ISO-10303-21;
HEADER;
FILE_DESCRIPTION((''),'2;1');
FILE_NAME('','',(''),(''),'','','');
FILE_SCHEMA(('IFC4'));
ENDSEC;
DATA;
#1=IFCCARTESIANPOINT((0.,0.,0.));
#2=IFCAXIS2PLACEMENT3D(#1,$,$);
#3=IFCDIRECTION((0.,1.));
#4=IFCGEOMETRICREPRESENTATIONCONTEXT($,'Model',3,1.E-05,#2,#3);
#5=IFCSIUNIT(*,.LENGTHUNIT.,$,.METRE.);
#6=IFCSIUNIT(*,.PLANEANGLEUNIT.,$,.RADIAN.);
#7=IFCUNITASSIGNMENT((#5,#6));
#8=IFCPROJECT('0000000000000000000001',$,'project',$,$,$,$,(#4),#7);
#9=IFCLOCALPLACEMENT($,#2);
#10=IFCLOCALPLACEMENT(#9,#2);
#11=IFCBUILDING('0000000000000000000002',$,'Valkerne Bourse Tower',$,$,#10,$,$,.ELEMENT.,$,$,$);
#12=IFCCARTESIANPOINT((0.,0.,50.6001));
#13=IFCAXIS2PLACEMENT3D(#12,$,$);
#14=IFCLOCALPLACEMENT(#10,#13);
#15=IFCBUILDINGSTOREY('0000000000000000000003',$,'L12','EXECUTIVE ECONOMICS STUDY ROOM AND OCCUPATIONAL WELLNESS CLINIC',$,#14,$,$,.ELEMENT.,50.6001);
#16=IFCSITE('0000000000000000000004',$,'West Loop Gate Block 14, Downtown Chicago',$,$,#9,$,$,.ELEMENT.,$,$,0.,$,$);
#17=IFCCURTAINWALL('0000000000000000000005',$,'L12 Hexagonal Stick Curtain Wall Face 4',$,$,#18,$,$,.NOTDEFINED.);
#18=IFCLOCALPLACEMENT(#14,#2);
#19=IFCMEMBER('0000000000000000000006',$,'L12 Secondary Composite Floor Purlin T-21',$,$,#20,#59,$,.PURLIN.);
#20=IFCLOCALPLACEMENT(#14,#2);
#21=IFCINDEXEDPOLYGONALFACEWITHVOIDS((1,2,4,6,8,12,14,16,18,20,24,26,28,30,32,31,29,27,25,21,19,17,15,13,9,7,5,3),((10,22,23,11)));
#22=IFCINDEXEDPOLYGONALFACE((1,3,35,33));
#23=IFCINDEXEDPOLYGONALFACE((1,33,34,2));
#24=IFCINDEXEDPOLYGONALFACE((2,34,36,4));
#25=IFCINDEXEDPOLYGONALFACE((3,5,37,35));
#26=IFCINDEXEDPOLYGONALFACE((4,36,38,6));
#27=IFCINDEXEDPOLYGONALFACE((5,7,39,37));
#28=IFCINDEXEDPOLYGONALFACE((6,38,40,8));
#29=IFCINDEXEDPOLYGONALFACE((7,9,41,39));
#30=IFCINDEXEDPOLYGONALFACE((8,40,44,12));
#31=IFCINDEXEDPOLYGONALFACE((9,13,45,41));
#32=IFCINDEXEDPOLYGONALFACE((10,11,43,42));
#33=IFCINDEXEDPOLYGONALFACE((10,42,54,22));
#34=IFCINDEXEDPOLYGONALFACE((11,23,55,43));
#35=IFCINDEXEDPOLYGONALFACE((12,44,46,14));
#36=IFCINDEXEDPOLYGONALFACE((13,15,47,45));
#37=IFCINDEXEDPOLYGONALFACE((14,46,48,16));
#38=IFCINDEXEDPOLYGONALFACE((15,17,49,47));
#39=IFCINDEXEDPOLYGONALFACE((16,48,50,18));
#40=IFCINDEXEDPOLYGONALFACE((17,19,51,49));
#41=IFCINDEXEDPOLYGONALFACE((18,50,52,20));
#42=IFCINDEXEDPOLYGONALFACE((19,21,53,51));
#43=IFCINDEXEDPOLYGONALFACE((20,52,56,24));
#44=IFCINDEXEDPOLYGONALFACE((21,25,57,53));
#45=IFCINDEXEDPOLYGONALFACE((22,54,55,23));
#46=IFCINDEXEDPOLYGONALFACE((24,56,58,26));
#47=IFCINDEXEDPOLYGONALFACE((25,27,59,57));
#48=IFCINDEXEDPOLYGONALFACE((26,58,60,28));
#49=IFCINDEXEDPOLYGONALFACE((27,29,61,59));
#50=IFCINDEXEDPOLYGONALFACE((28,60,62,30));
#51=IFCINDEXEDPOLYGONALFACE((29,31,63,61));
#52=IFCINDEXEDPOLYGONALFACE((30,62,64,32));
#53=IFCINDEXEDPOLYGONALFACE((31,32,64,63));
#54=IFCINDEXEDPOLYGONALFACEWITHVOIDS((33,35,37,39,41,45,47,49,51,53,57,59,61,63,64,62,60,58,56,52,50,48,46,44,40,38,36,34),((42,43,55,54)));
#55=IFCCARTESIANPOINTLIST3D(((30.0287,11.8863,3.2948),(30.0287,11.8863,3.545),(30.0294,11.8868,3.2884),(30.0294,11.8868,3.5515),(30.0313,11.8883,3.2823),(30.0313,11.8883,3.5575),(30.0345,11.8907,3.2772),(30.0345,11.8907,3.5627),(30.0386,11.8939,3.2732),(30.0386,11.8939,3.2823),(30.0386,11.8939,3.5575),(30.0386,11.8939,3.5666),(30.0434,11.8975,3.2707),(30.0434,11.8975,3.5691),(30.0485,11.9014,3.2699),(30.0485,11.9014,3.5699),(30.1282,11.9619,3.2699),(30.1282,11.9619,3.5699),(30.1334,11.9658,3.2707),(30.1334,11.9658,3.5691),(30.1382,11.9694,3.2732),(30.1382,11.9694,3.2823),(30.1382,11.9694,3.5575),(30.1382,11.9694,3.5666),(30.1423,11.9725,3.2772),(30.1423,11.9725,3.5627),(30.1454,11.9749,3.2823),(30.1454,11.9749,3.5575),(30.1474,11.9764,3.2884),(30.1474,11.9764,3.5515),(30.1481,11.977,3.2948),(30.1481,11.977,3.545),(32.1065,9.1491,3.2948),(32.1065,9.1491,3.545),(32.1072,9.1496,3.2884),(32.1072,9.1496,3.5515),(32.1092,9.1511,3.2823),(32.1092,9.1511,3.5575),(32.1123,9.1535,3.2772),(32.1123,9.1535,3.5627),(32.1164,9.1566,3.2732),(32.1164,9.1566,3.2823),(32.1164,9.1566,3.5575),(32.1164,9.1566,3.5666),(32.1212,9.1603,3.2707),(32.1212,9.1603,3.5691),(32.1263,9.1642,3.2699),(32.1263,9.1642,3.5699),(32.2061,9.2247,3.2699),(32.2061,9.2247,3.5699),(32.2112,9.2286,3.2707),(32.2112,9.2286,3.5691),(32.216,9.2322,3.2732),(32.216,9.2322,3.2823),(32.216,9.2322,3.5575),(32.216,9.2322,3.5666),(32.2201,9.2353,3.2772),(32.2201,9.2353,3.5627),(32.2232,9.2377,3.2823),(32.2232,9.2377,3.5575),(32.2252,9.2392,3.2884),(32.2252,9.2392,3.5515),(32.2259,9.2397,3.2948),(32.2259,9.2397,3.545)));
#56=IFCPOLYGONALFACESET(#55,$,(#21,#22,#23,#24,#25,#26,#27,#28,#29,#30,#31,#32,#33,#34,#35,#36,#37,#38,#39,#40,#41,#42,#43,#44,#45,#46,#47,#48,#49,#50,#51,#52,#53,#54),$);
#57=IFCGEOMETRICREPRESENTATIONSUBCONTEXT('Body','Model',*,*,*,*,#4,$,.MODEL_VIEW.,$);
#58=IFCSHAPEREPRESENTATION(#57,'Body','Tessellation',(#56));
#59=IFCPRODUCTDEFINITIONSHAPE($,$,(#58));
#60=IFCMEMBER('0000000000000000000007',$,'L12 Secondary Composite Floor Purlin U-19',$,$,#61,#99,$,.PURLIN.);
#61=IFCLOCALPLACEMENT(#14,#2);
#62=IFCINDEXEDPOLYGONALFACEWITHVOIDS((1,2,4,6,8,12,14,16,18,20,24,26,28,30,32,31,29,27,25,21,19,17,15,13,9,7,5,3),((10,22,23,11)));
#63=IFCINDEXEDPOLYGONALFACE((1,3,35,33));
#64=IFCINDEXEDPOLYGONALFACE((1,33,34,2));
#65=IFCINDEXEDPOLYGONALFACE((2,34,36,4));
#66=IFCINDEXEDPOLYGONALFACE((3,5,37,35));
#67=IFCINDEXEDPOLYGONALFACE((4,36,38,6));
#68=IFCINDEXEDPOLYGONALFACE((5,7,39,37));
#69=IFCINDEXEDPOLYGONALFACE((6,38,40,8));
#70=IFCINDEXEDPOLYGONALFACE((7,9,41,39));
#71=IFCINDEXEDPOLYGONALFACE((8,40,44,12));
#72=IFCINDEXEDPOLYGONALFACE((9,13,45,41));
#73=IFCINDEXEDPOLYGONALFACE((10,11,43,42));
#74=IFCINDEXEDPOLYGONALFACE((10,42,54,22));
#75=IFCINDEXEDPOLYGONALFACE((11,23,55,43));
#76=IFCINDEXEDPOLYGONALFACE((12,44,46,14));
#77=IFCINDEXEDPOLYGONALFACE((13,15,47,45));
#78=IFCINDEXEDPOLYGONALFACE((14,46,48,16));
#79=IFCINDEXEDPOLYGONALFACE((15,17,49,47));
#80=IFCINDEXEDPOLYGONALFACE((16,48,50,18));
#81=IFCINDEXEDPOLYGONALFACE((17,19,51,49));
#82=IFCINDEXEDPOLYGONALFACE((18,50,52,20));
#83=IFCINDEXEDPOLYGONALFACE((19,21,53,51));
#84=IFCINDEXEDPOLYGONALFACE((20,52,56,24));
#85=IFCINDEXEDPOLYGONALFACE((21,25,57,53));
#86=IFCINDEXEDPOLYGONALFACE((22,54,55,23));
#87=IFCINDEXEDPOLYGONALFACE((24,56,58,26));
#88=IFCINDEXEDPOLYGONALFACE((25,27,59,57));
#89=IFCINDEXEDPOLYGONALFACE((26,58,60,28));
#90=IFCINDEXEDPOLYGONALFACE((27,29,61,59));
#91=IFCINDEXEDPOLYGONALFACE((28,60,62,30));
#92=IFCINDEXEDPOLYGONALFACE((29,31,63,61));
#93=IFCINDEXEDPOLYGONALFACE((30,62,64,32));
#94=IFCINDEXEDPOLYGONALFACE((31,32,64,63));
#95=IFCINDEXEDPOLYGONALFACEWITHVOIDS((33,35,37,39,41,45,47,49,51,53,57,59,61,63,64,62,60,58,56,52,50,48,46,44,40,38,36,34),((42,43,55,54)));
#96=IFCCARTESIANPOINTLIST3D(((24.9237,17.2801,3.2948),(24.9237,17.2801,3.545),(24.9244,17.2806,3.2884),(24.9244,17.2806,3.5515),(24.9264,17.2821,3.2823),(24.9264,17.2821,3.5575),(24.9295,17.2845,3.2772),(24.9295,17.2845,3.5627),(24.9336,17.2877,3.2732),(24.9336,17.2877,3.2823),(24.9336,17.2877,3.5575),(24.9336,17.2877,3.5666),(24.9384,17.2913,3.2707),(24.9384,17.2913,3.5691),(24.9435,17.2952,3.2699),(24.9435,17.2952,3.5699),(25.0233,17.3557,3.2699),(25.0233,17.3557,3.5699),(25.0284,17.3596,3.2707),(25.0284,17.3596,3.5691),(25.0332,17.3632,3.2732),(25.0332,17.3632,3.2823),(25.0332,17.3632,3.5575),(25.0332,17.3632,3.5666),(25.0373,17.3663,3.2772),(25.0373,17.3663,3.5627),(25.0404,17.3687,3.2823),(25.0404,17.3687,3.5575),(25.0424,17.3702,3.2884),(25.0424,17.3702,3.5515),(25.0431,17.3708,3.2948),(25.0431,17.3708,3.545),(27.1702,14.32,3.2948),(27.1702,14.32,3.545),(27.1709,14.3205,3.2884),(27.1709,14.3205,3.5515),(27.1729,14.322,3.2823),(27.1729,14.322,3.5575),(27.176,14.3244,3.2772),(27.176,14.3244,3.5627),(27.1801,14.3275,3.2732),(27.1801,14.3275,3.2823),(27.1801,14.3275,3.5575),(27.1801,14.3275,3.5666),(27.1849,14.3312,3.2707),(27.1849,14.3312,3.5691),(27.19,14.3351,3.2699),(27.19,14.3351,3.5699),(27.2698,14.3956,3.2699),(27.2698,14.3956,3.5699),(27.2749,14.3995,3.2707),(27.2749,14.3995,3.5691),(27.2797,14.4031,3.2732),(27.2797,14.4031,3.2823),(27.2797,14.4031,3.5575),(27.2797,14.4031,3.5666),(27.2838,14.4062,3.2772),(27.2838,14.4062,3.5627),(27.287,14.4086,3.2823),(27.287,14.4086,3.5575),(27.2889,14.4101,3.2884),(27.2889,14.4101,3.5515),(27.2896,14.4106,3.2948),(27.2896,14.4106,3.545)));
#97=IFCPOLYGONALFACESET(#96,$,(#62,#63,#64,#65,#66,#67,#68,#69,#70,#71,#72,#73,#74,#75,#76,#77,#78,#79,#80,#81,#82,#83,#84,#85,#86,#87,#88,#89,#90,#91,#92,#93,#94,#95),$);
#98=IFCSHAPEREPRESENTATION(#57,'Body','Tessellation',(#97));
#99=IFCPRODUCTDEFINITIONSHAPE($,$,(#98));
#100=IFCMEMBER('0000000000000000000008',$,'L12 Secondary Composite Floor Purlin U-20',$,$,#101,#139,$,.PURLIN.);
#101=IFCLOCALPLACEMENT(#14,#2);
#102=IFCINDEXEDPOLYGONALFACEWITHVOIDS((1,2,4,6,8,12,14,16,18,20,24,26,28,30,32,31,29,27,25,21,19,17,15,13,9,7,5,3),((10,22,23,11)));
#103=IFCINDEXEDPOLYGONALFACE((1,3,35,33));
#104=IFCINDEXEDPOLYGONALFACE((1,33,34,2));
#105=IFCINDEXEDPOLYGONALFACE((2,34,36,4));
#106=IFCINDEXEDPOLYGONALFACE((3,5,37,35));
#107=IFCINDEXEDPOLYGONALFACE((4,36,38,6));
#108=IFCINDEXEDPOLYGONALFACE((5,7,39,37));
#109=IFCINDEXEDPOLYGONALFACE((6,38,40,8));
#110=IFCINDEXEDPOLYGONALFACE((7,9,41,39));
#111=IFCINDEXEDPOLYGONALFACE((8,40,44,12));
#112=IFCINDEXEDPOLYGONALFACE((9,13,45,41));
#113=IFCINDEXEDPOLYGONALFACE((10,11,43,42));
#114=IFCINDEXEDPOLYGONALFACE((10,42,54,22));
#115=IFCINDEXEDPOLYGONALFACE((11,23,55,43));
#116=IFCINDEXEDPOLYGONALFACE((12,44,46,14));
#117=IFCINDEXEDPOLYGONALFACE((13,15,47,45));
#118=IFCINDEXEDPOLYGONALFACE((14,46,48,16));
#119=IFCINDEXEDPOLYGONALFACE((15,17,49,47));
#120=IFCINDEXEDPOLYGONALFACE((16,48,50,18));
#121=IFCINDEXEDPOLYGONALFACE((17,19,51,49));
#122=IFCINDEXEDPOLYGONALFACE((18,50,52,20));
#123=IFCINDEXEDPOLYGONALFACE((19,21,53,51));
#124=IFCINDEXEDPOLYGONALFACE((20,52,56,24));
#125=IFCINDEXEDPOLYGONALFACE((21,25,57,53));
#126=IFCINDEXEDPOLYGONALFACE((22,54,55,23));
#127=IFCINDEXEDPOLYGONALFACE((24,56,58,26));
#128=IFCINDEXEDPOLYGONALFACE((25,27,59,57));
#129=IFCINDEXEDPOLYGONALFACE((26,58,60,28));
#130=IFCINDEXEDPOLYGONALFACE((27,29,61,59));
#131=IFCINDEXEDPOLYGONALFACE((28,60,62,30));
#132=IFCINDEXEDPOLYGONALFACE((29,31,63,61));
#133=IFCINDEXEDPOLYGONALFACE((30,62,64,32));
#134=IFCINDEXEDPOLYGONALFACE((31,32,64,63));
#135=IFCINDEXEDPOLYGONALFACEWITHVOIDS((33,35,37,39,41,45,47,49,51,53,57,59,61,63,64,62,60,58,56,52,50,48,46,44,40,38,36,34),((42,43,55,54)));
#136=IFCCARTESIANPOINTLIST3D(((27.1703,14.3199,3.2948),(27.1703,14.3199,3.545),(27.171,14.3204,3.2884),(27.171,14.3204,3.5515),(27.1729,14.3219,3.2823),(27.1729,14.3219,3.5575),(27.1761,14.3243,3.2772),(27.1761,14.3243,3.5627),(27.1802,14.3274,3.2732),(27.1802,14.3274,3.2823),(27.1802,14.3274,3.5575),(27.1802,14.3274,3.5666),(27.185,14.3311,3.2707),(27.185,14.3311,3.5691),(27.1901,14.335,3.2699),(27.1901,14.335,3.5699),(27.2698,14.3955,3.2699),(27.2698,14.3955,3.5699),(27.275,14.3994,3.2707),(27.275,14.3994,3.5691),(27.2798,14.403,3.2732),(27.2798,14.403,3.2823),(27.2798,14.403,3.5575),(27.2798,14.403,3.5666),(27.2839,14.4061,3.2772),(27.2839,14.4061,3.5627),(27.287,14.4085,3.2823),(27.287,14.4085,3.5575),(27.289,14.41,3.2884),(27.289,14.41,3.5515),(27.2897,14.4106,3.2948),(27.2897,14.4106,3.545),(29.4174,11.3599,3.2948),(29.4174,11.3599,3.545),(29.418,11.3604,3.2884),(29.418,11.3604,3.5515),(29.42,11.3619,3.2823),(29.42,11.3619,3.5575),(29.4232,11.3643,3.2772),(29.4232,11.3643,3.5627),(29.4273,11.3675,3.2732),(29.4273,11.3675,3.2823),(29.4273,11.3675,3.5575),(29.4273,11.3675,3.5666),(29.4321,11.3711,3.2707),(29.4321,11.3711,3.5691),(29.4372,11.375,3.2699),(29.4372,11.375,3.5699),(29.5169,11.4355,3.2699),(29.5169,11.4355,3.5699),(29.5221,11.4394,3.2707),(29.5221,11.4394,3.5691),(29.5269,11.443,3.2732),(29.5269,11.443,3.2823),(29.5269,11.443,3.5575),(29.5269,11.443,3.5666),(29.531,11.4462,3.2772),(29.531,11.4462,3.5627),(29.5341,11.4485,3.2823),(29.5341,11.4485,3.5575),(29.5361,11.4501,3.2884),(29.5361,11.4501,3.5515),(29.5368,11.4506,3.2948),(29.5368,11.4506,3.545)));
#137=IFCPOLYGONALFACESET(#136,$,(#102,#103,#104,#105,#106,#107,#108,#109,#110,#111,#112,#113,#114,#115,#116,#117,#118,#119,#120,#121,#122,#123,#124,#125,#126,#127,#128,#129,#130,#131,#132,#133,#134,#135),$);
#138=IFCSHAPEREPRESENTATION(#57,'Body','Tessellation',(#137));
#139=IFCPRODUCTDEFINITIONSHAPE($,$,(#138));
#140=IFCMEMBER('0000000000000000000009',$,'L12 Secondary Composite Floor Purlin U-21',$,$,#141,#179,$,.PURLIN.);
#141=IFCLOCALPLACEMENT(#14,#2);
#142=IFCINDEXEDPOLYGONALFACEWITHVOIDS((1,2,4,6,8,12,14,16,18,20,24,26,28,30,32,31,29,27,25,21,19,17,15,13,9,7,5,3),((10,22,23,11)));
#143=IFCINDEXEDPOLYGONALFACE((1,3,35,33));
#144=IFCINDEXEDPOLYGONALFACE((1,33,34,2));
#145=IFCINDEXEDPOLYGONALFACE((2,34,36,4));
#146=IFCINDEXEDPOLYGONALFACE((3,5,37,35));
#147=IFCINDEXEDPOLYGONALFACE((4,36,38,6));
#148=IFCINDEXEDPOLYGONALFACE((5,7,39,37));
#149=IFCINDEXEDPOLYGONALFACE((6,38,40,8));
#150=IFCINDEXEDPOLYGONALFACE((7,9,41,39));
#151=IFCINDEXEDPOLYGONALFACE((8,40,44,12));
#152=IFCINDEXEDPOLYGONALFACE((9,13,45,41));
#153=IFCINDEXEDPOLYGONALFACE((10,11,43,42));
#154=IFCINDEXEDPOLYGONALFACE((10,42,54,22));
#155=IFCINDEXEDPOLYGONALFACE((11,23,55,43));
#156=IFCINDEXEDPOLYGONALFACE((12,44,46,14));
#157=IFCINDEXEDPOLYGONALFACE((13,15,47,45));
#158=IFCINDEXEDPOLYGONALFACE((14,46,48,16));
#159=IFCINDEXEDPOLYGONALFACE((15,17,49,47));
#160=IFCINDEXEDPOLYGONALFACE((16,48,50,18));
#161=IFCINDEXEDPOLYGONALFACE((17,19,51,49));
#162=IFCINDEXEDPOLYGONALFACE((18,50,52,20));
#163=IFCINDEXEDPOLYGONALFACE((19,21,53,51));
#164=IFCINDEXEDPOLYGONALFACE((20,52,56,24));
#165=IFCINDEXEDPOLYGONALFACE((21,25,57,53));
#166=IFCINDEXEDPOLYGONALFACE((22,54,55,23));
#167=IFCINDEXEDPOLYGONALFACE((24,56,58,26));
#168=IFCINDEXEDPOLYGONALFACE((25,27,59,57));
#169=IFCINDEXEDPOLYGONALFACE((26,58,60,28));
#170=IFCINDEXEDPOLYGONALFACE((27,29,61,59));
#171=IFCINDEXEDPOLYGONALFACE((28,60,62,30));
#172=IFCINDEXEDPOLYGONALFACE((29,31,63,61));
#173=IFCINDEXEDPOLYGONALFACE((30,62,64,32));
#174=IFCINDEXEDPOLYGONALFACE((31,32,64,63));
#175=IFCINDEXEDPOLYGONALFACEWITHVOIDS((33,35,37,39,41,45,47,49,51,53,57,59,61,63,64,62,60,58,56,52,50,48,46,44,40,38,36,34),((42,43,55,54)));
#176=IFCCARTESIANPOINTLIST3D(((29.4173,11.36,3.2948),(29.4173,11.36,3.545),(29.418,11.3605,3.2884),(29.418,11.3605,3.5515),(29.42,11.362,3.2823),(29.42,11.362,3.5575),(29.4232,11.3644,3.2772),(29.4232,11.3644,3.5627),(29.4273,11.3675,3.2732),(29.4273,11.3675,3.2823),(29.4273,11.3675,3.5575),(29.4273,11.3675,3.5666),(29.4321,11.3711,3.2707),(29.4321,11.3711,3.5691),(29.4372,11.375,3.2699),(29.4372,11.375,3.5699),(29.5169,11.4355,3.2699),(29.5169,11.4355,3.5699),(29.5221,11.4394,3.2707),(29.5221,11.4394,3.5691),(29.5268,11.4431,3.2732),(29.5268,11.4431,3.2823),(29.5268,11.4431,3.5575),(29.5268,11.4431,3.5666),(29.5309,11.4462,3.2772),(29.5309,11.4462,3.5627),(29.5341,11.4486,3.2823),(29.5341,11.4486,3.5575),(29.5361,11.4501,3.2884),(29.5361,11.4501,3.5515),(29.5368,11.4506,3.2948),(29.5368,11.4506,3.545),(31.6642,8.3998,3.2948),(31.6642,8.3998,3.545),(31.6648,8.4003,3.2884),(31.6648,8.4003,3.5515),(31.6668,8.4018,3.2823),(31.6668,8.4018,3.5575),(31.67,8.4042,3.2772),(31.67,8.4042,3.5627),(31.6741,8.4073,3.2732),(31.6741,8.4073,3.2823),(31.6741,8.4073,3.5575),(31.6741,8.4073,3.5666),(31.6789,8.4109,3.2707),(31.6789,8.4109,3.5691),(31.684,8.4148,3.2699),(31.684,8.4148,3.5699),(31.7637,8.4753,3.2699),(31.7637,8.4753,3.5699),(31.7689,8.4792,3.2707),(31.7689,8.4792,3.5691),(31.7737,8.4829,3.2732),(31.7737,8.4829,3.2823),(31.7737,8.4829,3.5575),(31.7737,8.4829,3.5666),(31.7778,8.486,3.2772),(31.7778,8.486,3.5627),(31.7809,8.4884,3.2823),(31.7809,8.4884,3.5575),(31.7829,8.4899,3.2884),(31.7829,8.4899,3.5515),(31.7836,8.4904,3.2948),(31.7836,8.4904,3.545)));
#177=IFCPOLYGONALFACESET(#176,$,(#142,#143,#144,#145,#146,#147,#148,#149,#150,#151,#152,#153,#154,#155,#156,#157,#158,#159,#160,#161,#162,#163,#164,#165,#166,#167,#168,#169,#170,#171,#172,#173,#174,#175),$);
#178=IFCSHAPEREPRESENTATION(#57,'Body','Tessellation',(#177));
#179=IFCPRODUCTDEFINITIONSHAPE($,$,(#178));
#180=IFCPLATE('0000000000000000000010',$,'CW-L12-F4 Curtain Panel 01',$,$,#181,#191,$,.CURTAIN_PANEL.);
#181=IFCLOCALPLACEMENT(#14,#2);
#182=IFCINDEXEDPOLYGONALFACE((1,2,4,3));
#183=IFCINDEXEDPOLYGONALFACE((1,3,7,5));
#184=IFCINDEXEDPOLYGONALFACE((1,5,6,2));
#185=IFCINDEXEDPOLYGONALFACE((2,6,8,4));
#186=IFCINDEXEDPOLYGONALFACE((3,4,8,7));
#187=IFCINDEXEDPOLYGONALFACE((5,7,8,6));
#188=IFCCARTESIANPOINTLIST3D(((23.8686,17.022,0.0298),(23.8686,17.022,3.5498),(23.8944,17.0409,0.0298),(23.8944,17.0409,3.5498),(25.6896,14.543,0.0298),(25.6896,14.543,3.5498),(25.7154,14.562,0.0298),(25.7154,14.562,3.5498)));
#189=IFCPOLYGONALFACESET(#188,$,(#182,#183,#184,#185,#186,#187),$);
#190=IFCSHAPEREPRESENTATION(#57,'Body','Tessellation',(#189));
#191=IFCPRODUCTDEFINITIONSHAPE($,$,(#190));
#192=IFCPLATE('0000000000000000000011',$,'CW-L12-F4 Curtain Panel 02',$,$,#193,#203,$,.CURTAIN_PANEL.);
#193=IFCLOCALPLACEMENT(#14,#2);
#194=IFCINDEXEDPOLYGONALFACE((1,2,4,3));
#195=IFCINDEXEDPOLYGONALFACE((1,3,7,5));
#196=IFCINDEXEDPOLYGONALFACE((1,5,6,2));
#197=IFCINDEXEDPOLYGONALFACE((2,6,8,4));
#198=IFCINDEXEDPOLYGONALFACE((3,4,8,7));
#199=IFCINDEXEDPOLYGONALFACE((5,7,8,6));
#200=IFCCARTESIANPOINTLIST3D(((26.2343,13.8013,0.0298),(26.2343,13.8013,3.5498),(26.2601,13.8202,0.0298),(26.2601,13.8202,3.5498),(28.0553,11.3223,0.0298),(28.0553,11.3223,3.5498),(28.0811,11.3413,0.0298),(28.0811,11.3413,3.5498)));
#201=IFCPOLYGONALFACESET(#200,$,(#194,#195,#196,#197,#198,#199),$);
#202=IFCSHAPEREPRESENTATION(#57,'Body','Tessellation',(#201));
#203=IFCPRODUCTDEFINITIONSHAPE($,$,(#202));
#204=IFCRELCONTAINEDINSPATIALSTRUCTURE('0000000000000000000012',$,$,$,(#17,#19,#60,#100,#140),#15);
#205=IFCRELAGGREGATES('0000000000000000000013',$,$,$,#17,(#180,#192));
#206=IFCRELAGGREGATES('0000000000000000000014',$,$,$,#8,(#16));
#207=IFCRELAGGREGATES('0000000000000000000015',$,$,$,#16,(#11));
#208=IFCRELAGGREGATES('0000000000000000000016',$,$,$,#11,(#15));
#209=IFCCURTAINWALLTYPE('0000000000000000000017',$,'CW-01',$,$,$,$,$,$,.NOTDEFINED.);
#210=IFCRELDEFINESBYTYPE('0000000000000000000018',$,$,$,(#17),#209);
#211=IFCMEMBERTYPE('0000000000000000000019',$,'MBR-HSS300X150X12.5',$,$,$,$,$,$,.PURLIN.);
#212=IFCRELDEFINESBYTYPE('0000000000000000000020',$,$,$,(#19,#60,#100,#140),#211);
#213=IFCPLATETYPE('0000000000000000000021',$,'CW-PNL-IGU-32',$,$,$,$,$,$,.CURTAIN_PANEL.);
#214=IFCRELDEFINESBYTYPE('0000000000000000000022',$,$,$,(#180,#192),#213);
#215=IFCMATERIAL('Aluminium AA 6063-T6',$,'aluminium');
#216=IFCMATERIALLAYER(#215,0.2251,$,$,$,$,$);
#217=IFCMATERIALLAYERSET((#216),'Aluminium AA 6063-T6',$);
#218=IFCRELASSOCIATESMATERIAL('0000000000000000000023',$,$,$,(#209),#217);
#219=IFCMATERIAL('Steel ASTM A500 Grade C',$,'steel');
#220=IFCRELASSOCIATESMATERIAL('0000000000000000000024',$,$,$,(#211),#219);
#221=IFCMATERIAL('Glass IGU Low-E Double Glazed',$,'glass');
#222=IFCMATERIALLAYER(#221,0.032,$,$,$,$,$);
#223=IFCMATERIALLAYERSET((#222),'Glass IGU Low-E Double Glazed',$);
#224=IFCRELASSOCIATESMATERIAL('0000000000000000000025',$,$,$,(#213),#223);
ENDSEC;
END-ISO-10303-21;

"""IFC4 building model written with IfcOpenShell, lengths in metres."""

from ifc_helpers import new_model, si_unit, direction, frame, origin, origin_2d, place, context, subcontext, project, spatial, rectangle, hollow_rectangle, extrude, material, layer, layer_set, material_profile, profile_set, type_object, element, aggregate, save


model = new_model("IFC4")

# Units and contexts
model_context = context("Model", 3, precision=1e-05, world=origin(), true_north=direction((0.0, 1.0)))
body_context = subcontext(model_context, "Body", "Model", "MODEL_VIEW")
ifc_project = project(units=[si_unit("LENGTHUNIT", "METRE"), si_unit("PLANEANGLEUNIT", "RADIAN")], contexts=[model_context])

# Site, building, storey
site_placement = place(None, origin())
site = spatial("IfcSite", under=ifc_project, at=site_placement, Name="West Loop Gate Block 14, Downtown Chicago", CompositionType="ELEMENT", RefElevation=0.0)
building_placement = place(site_placement, origin())
building = spatial("IfcBuilding", under=site, at=building_placement, Name="Valkerne Bourse Tower", CompositionType="ELEMENT")
storey_placement = place(building_placement, frame((0.0, 0.0, 50.6001)))
storey = spatial("IfcBuildingStorey", under=building, at=storey_placement, Name="L12", Description="EXECUTIVE ECONOMICS STUDY ROOM AND OCCUPATIONAL WELLNESS CLINIC", CompositionType="ELEMENT", Elevation=50.6001)

# Curtain wall
ifc_material_1 = material(Name="Aluminium AA 6063-T6", Category="aluminium")
ifc_layer_1 = layer(ifc_material_1, 0.2251)
ifc_layer_set_1 = layer_set([ifc_layer_1], Name="Aluminium AA 6063-T6")
curtain_wall_type = type_object("IfcCurtainWallType", Name="CW-01", PredefinedType="NOTDEFINED", material=ifc_layer_set_1)
curtain_wall_placement = place(storey_placement, origin())
curtain_wall = element("IfcCurtainWall", 1, at=curtain_wall_placement, inside=storey, type_object=curtain_wall_type, Name="L12 Hexagonal Stick Curtain Wall Face 4", PredefinedType="NOTDEFINED")

# Members
ifc_material_2 = material(Name="Steel ASTM A500 Grade C", Category="steel")
ifc_material_profile_1 = material_profile(ifc_material_2, hollow_rectangle(XDim=0.1499, YDim=0.3, WallThickness=0.0125, OuterFilletRadius=0.0249, at=origin_2d()), Name="HSS300X150X12.5")
ifc_profile_set_1 = profile_set([ifc_material_profile_1], Name="Steel ASTM A500 Grade C")
member_type_1 = type_object("IfcMemberType", Name="MBR-HSS300X150X12.5", PredefinedType="PURLIN", material=ifc_profile_set_1)
for number, where, z_axis, x_axis, name in (
    (2, (30.0884, 11.9316, 3.4199), (0.604627, -0.796508, 0.0), (0.796508, 0.604627, 0.0), "L12 Secondary Composite Floor Purlin T-21"),
):
    element("IfcMember", number, at=place(storey_placement, frame(where, z_axis=z_axis, x_axis=x_axis)), inside=storey, type_object=member_type_1, Name=name, PredefinedType="PURLIN", context=body_context, shape_type="SweptSolid", body=[
        extrude(hollow_rectangle(XDim=0.1499, YDim=0.3, WallThickness=0.0125, OuterFilletRadius=0.0249, at=origin_2d()), origin(), (0.0, 0.0, 1.0), 3.4365),
    ])
member_1_placement = place(storey_placement, frame((24.9834, 17.3254, 3.4199), z_axis=(0.604542, -0.796573, 0.0), x_axis=(0.796573, 0.604542, 0.0)))
element("IfcMember", 3, at=member_1_placement, inside=storey, type_object=member_type_1, Name="L12 Secondary Composite Floor Purlin U-19", PredefinedType="PURLIN", context=body_context, shape_type="SweptSolid", body=[
    extrude(hollow_rectangle(XDim=0.1499, YDim=0.3, WallThickness=0.0125, OuterFilletRadius=0.0249, at=origin_2d()), origin(), (0.0, 0.0, 1.0), 3.7161),
])
for number, where, z_axis, x_axis, name in (
    (4, (27.23, 14.3652, 3.4199), (0.604657, -0.796486, 0.0), (0.796486, 0.604657, 0.0), "L12 Secondary Composite Floor Purlin U-20"),
    (5, (29.4771, 11.4053, 3.4199), (0.604583, -0.796542, 0.0), (0.796542, 0.604583, 0.0), "L12 Secondary Composite Floor Purlin U-21"),
):
    element("IfcMember", number, at=place(storey_placement, frame(where, z_axis=z_axis, x_axis=x_axis)), inside=storey, type_object=member_type_1, Name=name, PredefinedType="PURLIN", context=body_context, shape_type="SweptSolid", body=[
        extrude(hollow_rectangle(XDim=0.1499, YDim=0.3, WallThickness=0.0125, OuterFilletRadius=0.0249, at=origin_2d()), origin(), (0.0, 0.0, 1.0), 3.7163),
    ])

# Plates
ifc_material_3 = material(Name="Glass IGU Low-E Double Glazed", Category="glass")
ifc_layer_2 = layer(ifc_material_3, 0.032)
ifc_layer_set_2 = layer_set([ifc_layer_2], Name="Glass IGU Low-E Double Glazed")
plate_type = type_object("IfcPlateType", Name="CW-PNL-IGU-32", PredefinedType="CURTAIN_PANEL", material=ifc_layer_set_2)
plate_1_placement = place(storey_placement, frame((24.792, 15.792, 0.0298), z_axis=(0.0, 0.0, 1.0), x_axis=(0.592014, -0.805927, 0.0)))
plate_1 = element("IfcPlate", 6, at=plate_1_placement, type_object=plate_type, Name="CW-L12-F4 Curtain Panel 01", PredefinedType="CURTAIN_PANEL", context=body_context, shape_type="SweptSolid", body=[
    extrude(rectangle(XDim=3.0759, YDim=0.032, at=origin_2d()), origin(), (0.0, 0.0, 1.0), 3.52),
])
plate_2_placement = place(storey_placement, frame((27.1577, 12.5713, 0.0298), z_axis=(0.0, 0.0, 1.0), x_axis=(0.592014, -0.805927, 0.0)))
plate_2 = element("IfcPlate", 7, at=plate_2_placement, type_object=plate_type, Name="CW-L12-F4 Curtain Panel 02", PredefinedType="CURTAIN_PANEL", context=body_context, shape_type="SweptSolid", body=[
    extrude(rectangle(XDim=3.0759, YDim=0.032, at=origin_2d()), origin(), (0.0, 0.0, 1.0), 3.52),
])
aggregate(curtain_wall, [plate_1, plate_2])

save(model, "model.ifc")
